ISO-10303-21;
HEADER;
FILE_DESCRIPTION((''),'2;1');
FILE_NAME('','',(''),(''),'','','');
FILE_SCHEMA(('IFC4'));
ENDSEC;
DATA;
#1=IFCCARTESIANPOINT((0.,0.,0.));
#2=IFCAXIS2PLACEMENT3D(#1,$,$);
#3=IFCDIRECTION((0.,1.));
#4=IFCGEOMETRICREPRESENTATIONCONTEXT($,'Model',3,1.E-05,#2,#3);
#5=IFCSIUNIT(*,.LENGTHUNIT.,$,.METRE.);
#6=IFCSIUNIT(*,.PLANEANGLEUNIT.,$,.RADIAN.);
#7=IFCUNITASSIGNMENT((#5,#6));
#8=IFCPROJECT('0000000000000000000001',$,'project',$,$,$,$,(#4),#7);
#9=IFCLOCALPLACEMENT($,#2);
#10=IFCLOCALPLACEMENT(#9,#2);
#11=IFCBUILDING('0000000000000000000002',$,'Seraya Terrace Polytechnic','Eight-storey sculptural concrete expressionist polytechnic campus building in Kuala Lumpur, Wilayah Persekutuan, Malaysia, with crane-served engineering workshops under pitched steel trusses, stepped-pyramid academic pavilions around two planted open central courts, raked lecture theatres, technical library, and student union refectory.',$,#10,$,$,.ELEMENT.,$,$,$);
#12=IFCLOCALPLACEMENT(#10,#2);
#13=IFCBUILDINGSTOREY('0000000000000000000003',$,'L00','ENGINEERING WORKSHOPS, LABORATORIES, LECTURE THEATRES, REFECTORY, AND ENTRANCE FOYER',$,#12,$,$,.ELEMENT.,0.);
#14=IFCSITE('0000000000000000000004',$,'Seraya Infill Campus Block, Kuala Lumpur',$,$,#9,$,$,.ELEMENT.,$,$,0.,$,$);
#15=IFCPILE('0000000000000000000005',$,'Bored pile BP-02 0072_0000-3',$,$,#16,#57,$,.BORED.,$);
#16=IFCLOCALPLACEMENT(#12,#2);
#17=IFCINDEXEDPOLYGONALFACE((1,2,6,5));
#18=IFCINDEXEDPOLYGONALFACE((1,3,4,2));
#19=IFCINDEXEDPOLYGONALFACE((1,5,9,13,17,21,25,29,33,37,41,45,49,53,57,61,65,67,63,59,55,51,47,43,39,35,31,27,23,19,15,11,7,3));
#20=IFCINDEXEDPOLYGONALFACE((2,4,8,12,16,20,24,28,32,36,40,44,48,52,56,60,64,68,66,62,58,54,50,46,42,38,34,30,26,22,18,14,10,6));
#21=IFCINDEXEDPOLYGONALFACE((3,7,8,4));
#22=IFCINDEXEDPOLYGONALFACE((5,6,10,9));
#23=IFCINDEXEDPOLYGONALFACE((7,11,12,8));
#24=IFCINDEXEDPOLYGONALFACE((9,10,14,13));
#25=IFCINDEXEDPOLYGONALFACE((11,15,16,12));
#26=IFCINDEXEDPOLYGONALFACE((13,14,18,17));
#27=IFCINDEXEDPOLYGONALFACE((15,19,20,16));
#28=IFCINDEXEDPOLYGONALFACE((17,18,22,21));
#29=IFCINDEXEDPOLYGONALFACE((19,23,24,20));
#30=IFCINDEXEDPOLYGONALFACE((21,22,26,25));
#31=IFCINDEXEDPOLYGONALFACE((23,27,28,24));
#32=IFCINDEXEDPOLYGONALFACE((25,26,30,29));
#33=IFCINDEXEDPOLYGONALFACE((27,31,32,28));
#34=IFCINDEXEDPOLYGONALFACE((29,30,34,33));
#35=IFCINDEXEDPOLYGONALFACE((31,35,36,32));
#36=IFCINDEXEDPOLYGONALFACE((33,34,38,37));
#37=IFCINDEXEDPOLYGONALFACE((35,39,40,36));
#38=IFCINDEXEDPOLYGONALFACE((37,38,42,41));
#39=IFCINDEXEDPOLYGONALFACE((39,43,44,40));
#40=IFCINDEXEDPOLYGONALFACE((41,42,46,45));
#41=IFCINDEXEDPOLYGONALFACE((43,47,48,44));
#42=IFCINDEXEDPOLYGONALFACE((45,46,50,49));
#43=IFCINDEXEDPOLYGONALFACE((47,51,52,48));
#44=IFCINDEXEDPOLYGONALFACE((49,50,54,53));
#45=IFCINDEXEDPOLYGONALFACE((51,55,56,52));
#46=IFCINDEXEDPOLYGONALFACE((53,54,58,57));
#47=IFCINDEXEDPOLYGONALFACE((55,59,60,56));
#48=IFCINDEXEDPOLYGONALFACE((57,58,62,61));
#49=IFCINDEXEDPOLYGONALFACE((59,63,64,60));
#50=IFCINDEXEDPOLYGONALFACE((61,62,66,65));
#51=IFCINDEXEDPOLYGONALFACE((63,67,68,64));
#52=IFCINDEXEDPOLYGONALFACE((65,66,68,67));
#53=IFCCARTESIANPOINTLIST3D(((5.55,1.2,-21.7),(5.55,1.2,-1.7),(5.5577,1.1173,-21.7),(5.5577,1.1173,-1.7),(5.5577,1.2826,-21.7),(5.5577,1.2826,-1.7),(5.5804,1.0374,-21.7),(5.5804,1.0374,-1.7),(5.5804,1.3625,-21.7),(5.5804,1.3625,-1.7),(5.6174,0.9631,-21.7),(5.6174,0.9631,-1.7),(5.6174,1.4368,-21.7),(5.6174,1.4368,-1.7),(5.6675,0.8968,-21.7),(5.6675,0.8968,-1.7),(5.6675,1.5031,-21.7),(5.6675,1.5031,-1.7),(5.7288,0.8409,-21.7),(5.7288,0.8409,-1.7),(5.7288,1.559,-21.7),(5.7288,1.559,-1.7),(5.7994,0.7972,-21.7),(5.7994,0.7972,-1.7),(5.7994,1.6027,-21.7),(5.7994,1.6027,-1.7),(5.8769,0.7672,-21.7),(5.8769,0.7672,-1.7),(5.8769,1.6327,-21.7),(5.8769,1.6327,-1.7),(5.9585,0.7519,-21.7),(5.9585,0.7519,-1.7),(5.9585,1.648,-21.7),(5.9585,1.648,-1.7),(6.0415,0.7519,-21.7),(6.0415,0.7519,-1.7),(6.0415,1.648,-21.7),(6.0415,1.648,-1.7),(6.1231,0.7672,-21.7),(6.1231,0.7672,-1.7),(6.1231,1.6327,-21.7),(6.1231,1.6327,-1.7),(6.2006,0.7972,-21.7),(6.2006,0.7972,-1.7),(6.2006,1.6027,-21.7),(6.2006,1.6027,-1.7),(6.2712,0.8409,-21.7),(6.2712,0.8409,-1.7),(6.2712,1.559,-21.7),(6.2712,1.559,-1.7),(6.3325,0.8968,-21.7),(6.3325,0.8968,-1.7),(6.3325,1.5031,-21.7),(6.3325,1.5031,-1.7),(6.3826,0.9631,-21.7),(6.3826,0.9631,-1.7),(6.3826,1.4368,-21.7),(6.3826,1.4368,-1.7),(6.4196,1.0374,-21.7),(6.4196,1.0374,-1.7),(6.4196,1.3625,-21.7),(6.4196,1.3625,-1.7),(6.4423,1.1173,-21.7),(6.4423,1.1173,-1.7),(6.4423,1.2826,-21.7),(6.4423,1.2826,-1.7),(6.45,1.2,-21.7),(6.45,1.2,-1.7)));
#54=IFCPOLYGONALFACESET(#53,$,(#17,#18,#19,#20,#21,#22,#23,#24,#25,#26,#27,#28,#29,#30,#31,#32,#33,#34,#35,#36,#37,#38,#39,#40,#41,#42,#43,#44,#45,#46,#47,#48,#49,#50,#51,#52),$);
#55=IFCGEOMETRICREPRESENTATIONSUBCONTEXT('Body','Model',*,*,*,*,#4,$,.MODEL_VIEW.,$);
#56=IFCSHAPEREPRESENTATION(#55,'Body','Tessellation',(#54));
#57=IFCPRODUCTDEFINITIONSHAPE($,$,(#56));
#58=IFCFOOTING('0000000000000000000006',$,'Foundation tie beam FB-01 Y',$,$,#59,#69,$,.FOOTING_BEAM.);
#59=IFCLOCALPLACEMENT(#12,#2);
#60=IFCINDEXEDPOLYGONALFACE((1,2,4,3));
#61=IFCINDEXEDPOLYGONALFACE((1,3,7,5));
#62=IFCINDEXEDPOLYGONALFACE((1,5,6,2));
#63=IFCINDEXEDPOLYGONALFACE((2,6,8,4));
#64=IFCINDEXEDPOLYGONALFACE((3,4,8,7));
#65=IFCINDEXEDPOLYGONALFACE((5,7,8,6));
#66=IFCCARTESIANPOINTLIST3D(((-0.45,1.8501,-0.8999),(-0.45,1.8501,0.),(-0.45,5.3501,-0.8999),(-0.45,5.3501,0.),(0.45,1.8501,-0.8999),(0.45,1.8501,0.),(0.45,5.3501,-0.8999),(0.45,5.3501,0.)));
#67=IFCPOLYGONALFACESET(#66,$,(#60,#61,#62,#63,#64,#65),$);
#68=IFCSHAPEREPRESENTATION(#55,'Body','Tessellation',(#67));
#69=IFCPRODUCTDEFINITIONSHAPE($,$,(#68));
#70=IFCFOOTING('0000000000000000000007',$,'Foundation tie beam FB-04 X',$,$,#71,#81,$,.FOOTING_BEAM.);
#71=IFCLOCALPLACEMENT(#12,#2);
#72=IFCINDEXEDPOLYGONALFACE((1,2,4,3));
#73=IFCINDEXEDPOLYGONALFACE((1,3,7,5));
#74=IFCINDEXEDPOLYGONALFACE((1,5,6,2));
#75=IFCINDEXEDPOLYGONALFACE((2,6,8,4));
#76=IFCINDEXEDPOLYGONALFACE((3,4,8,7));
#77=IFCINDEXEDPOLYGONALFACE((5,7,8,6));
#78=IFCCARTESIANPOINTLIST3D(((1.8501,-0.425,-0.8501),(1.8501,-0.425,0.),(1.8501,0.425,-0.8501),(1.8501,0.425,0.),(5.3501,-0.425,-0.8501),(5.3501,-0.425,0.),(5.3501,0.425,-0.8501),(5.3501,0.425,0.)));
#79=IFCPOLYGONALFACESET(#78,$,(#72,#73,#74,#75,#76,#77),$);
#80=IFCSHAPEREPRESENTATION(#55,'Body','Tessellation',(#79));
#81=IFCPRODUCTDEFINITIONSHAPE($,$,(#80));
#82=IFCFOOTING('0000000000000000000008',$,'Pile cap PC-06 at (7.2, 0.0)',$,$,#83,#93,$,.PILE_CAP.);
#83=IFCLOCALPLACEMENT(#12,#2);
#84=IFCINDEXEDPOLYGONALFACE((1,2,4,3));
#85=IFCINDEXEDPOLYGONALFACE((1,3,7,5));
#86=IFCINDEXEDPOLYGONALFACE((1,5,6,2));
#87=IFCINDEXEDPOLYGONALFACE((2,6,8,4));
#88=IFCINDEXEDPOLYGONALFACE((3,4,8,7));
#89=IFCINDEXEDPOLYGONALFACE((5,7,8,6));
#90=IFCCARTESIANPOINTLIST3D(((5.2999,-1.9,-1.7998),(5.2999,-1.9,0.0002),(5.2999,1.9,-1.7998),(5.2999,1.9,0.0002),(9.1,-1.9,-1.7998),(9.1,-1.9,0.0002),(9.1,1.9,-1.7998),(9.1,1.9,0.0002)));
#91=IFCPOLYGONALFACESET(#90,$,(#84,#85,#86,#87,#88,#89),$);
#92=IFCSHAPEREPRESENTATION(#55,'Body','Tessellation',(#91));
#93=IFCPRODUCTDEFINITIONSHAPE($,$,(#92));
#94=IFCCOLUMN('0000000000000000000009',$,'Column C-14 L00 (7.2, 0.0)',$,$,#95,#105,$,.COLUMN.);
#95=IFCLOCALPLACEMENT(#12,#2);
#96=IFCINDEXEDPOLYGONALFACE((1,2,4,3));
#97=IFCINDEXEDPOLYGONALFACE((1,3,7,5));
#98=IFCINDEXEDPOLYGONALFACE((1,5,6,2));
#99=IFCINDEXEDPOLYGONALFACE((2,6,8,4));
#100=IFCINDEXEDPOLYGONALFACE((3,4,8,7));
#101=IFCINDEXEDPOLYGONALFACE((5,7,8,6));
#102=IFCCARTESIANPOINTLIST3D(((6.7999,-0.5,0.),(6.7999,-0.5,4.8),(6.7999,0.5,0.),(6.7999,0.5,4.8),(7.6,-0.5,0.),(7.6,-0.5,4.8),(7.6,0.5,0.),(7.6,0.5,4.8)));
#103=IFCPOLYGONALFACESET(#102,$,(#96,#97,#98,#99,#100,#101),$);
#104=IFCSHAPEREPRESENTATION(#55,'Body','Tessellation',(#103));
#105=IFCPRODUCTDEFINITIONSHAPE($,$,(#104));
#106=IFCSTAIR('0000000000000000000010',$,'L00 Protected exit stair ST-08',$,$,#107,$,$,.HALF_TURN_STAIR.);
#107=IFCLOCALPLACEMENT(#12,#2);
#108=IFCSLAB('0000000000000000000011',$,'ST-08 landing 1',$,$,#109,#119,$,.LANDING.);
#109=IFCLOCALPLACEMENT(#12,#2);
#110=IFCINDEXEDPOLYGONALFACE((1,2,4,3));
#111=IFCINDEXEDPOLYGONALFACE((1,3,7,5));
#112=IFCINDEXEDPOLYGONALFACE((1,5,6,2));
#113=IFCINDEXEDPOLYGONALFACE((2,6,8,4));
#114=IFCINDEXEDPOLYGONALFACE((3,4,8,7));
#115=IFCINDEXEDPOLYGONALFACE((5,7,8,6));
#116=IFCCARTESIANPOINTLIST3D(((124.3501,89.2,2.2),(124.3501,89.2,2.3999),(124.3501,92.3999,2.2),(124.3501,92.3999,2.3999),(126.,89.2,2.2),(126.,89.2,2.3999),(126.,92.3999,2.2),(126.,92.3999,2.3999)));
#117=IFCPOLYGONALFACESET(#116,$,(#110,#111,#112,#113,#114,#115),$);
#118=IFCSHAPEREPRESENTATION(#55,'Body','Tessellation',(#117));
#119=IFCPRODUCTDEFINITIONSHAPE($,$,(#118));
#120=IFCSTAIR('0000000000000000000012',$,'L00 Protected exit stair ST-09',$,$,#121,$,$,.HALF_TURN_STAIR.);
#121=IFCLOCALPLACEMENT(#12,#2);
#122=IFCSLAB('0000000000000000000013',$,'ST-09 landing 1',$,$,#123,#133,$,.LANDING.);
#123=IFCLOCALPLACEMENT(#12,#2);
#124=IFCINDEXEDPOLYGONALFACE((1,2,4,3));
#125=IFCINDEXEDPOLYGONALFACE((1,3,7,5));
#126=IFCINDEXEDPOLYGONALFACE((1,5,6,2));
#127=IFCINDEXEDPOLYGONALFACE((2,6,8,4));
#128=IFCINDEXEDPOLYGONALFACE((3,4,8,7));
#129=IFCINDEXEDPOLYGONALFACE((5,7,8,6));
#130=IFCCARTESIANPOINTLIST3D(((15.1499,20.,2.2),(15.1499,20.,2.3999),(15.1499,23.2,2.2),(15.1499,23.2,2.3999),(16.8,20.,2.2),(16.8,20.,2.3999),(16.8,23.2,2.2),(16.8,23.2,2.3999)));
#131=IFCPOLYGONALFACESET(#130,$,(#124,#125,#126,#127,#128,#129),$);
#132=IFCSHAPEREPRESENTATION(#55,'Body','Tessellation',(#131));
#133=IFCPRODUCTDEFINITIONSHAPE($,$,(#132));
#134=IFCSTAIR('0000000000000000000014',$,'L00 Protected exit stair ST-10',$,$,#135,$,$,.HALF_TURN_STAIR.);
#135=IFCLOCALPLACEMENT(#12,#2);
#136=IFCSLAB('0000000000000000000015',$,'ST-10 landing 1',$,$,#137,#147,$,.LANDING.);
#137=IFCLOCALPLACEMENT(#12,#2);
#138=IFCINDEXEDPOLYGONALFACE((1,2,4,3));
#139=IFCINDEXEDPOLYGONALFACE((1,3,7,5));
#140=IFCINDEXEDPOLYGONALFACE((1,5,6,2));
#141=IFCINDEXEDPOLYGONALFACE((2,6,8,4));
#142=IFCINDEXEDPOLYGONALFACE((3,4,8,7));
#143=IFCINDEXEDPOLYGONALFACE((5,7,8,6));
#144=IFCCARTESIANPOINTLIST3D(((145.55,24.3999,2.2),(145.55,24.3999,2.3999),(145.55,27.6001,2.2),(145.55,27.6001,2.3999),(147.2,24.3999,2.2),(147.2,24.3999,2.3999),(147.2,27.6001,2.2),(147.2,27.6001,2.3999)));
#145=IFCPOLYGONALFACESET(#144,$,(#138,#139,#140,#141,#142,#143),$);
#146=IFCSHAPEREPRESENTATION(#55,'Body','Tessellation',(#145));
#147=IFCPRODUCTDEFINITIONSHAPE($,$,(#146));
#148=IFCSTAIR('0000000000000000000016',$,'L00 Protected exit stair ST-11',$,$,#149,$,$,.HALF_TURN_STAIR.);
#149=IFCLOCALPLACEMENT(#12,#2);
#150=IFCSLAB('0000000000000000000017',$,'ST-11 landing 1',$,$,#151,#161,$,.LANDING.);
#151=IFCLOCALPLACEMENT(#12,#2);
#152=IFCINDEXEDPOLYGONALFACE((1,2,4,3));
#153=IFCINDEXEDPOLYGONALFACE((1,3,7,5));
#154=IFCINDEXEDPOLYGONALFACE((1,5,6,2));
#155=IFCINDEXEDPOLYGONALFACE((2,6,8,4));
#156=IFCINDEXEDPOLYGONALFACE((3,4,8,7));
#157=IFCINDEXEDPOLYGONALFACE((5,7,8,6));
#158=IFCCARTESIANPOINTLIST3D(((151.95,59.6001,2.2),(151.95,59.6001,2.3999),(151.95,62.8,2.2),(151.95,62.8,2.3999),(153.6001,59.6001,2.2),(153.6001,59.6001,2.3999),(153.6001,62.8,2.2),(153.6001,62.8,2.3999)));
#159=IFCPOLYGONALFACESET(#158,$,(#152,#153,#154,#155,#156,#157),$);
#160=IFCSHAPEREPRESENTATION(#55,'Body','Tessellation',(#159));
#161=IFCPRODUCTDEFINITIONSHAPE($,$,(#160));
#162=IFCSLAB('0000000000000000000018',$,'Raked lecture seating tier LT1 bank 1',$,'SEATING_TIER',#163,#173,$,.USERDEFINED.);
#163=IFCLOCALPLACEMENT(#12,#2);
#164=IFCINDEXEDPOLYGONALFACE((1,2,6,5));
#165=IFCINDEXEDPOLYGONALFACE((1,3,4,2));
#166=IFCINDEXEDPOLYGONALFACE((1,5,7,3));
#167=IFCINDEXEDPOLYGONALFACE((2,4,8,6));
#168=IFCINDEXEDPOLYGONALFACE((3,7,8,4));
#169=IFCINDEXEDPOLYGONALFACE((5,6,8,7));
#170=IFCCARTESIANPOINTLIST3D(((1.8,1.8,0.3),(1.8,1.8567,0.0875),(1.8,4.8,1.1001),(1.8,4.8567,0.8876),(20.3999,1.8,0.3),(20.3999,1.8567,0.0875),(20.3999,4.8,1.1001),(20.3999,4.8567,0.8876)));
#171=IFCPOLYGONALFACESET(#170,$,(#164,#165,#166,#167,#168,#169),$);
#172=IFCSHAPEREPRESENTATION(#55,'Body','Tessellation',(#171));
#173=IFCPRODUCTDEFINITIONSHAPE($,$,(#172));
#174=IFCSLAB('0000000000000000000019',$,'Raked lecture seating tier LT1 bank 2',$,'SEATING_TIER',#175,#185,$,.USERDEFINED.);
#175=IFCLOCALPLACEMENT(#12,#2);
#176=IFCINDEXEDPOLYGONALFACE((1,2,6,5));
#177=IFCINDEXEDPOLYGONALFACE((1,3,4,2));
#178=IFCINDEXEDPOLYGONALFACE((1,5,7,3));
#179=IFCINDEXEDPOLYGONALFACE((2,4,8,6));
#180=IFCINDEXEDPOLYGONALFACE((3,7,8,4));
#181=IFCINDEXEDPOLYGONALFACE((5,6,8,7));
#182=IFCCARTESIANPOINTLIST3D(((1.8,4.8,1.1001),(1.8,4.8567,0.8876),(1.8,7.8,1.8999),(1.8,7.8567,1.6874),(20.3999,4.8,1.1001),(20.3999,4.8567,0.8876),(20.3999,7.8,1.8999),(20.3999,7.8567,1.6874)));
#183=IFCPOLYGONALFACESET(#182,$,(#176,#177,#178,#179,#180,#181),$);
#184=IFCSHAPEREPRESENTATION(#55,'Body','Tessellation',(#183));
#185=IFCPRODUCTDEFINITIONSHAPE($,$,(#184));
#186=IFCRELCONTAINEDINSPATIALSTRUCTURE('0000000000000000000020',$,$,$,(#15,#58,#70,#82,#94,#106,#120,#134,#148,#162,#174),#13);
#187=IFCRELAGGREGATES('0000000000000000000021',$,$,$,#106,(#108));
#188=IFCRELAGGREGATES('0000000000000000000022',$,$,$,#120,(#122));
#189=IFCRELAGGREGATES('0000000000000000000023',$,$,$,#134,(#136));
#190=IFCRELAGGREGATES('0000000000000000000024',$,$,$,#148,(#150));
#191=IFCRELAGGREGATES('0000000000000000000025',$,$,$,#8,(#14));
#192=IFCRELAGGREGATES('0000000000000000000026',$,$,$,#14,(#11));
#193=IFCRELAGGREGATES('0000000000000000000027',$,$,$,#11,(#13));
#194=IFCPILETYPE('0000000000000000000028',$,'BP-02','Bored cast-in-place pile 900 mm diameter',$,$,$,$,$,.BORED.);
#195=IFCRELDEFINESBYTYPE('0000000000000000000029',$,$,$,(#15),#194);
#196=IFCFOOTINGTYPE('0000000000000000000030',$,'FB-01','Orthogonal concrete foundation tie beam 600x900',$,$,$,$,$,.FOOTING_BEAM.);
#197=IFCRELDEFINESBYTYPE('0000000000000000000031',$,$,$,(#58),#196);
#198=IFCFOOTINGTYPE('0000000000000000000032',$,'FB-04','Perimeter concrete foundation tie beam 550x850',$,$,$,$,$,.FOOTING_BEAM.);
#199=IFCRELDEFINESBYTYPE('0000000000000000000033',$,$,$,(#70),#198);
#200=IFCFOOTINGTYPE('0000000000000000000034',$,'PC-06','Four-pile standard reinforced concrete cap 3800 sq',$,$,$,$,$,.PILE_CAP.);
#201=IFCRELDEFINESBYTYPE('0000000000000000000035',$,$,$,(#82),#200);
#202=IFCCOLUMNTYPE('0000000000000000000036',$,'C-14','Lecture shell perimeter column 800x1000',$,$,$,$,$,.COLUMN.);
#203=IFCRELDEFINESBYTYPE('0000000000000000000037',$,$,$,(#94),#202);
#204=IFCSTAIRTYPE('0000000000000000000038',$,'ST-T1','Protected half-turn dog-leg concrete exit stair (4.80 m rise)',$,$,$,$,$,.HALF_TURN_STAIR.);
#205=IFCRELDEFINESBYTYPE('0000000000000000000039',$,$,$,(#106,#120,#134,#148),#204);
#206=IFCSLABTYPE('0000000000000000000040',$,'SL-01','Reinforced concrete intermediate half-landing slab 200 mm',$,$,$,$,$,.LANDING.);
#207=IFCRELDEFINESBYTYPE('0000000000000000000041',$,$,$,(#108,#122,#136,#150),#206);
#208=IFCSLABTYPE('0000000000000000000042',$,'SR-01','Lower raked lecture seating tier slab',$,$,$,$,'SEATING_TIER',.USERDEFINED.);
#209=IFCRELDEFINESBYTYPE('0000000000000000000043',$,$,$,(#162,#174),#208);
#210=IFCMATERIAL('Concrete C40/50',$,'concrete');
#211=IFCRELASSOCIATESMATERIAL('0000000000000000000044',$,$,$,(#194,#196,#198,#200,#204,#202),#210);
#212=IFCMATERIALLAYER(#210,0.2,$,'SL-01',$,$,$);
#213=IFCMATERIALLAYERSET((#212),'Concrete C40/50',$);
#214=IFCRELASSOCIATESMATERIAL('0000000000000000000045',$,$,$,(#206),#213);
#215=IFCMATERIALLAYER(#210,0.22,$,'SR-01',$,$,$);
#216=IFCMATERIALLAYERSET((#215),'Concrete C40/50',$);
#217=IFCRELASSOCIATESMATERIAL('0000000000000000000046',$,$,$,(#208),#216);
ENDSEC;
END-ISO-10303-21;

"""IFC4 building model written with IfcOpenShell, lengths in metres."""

from ifc_helpers import new_model, si_unit, direction, frame, origin, origin_2d, place, context, subcontext, project, spatial, polyline, rectangle, circle, outline, extrude, material, layer, layer_set, material_profile, profile_set, type_object, element, aggregate, save


model = new_model("IFC4")

# Units and contexts
model_context = context("Model", 3, precision=1e-05, world=origin(), true_north=direction((0.0, 1.0)))
body_context = subcontext(model_context, "Body", "Model", "MODEL_VIEW")
ifc_project = project(units=[si_unit("LENGTHUNIT", "METRE"), si_unit("PLANEANGLEUNIT", "RADIAN")], contexts=[model_context])

# Site, building, storey
site_placement = place(None, origin())
site = spatial("IfcSite", under=ifc_project, at=site_placement, Name="Seraya Infill Campus Block, Kuala Lumpur", CompositionType="ELEMENT", RefElevation=0.0)
building_placement = place(site_placement, origin())
building = spatial("IfcBuilding", under=site, at=building_placement, Name="Seraya Terrace Polytechnic", Description="Eight-storey sculptural concrete expressionist polytechnic campus building in Kuala Lumpur, Wilayah Persekutuan, Malaysia, with crane-served engineering workshops under pitched steel trusses, stepped-pyramid academic pavilions around two planted open central courts, raked lecture theatres, technical library, and student union refectory.", CompositionType="ELEMENT")
storey_placement = place(building_placement, origin())
storey = spatial("IfcBuildingStorey", under=building, at=storey_placement, Name="L00", Description="ENGINEERING WORKSHOPS, LABORATORIES, LECTURE THEATRES, REFECTORY, AND ENTRANCE FOYER", CompositionType="ELEMENT", Elevation=0.0)

# Pile
ifc_material_1 = material(Name="Concrete C40/50", Category="concrete")
ifc_material_profile_1 = material_profile(ifc_material_1, circle(Radius=0.45, at=origin_2d()), Name="DIA 900")
ifc_profile_set_1 = profile_set([ifc_material_profile_1], Name="Concrete C40/50")
pile_type = type_object("IfcPileType", Name="BP-02", Description="Bored cast-in-place pile 900 mm diameter", PredefinedType="BORED", material=ifc_profile_set_1)
for number, where, z_axis, x_axis, name in (
    (1, (6.0, 1.2, -1.7), (0.0, 0.0, -1.0), (1.0, 0.0, 0.0), "Bored pile BP-02 0072_0000-3"),
):
    element("IfcPile", number, at=place(storey_placement, frame(where, z_axis=z_axis, x_axis=x_axis)), inside=storey, type_object=pile_type, Name=name, PredefinedType="BORED", context=body_context, shape_type="SweptSolid", body=[
        extrude(circle(Radius=0.45, at=origin_2d()), origin(), (0.0, 0.0, 1.0), 20.0),
    ])

# Footings
footing_type_1 = type_object("IfcFootingType", Name="FB-01", Description="Orthogonal concrete foundation tie beam 600x900", PredefinedType="FOOTING_BEAM", material=ifc_material_1)
footing_1_placement = place(storey_placement, frame((0.0, 3.6001, -0.8999), z_axis=(0.0, 0.0, 1.0), x_axis=(0.0, 1.0, 0.0)))
element("IfcFooting", 2, at=footing_1_placement, inside=storey, type_object=footing_type_1, Name="Foundation tie beam FB-01 Y", PredefinedType="FOOTING_BEAM", context=body_context, shape_type="SweptSolid", body=[
    extrude(rectangle(XDim=3.5, YDim=0.8999, at=origin_2d()), origin(), (0.0, 0.0, 1.0), 0.8999),
])
footing_type_2 = type_object("IfcFootingType", Name="FB-04", Description="Perimeter concrete foundation tie beam 550x850", PredefinedType="FOOTING_BEAM", material=ifc_material_1)
footing_2_placement = place(storey_placement, frame((3.6001, 0.0, -0.8501), z_axis=(0.0, 0.0, 1.0), x_axis=(1.0, 0.0, 0.0)))
element("IfcFooting", 3, at=footing_2_placement, inside=storey, type_object=footing_type_2, Name="Foundation tie beam FB-04 X", PredefinedType="FOOTING_BEAM", context=body_context, shape_type="SweptSolid", body=[
    extrude(rectangle(XDim=3.5, YDim=0.8501, at=origin_2d()), origin(), (0.0, 0.0, 1.0), 0.8501),
])
footing_type_3 = type_object("IfcFootingType", Name="PC-06", Description="Four-pile standard reinforced concrete cap 3800 sq", PredefinedType="PILE_CAP", material=ifc_material_1)
footing_3_placement = place(storey_placement, frame((7.2, 0.0, -1.7998), z_axis=(0.0, 0.0, 1.0), x_axis=(1.0, 0.0, 0.0)))
element("IfcFooting", 4, at=footing_3_placement, inside=storey, type_object=footing_type_3, Name="Pile cap PC-06 at (7.2, 0.0)", PredefinedType="PILE_CAP", context=body_context, shape_type="SweptSolid", body=[
    extrude(rectangle(XDim=3.8, YDim=3.8, at=origin_2d()), origin(), (0.0, 0.0, 1.0), 1.8),
])

# Column
ifc_material_profile_2 = material_profile(ifc_material_1, rectangle(XDim=0.8, YDim=1.0, at=origin_2d()), Name="RC 800x1000")
ifc_profile_set_2 = profile_set([ifc_material_profile_2], Name="Concrete C40/50")
column_type = type_object("IfcColumnType", Name="C-14", Description="Lecture shell perimeter column 800x1000", PredefinedType="COLUMN", material=ifc_profile_set_2)
column_placement = place(storey_placement, frame((7.2, 0.0, 0.0), z_axis=(0.0, 0.0, 1.0), x_axis=(1.0, 0.0, 0.0)))
element("IfcColumn", 5, at=column_placement, inside=storey, type_object=column_type, Name="Column C-14 L00 (7.2, 0.0)", PredefinedType="COLUMN", context=body_context, shape_type="SweptSolid", body=[
    extrude(rectangle(XDim=0.8, YDim=1.0, at=origin_2d()), origin(), (0.0, 0.0, 1.0), 4.8),
])

# Stairs, slabs
stair_type = type_object("IfcStairType", Name="ST-T1", Description="Protected half-turn dog-leg concrete exit stair (4.80 m rise)", PredefinedType="HALF_TURN_STAIR", material=ifc_material_1)
stair_1_placement = place(storey_placement, origin())
stair_1 = element("IfcStair", 6, at=stair_1_placement, inside=storey, type_object=stair_type, Name="L00 Protected exit stair ST-08", PredefinedType="HALF_TURN_STAIR")
ifc_layer_1 = layer(ifc_material_1, 0.2, Name="SL-01")
ifc_layer_set_1 = layer_set([ifc_layer_1], Name="Concrete C40/50")
slab_type_1 = type_object("IfcSlabType", Name="SL-01", Description="Reinforced concrete intermediate half-landing slab 200 mm", PredefinedType="LANDING", material=ifc_layer_set_1)
slab_1_placement = place(storey_placement, frame((0.0, 0.0, 2.2)))
slab_1 = element("IfcSlab", 7, at=slab_1_placement, type_object=slab_type_1, Name="ST-08 landing 1", PredefinedType="LANDING", context=body_context, shape_type="SweptSolid", body=[
    extrude(outline(polyline([(124.3501, 89.2), (126.0, 89.2), (126.0, 92.3999), (124.3501, 92.3999), (124.3501, 89.2)])), origin(), (0.0, 0.0, 1.0), 0.2),
])
aggregate(stair_1, [slab_1])
stair_2_placement = place(storey_placement, origin())
stair_2 = element("IfcStair", 8, at=stair_2_placement, inside=storey, type_object=stair_type, Name="L00 Protected exit stair ST-09", PredefinedType="HALF_TURN_STAIR")
slab_2_placement = place(storey_placement, frame((0.0, 0.0, 2.2)))
slab_2 = element("IfcSlab", 9, at=slab_2_placement, type_object=slab_type_1, Name="ST-09 landing 1", PredefinedType="LANDING", context=body_context, shape_type="SweptSolid", body=[
    extrude(outline(polyline([(15.1499, 20.0), (16.8, 20.0), (16.8, 23.2), (15.1499, 23.2), (15.1499, 20.0)])), origin(), (0.0, 0.0, 1.0), 0.2),
])
aggregate(stair_2, [slab_2])
stair_3_placement = place(storey_placement, origin())
stair_3 = element("IfcStair", 10, at=stair_3_placement, inside=storey, type_object=stair_type, Name="L00 Protected exit stair ST-10", PredefinedType="HALF_TURN_STAIR")
slab_3_placement = place(storey_placement, frame((0.0, 0.0, 2.2)))
slab_3 = element("IfcSlab", 11, at=slab_3_placement, type_object=slab_type_1, Name="ST-10 landing 1", PredefinedType="LANDING", context=body_context, shape_type="SweptSolid", body=[
    extrude(outline(polyline([(145.55, 24.3999), (147.2, 24.3999), (147.2, 27.6001), (145.55, 27.6001), (145.55, 24.3999)])), origin(), (0.0, 0.0, 1.0), 0.2),
])
aggregate(stair_3, [slab_3])
stair_4_placement = place(storey_placement, origin())
stair_4 = element("IfcStair", 12, at=stair_4_placement, inside=storey, type_object=stair_type, Name="L00 Protected exit stair ST-11", PredefinedType="HALF_TURN_STAIR")
slab_4_placement = place(storey_placement, frame((0.0, 0.0, 2.2)))
slab_4 = element("IfcSlab", 13, at=slab_4_placement, type_object=slab_type_1, Name="ST-11 landing 1", PredefinedType="LANDING", context=body_context, shape_type="SweptSolid", body=[
    extrude(outline(polyline([(151.95, 59.6001), (153.6001, 59.6001), (153.6001, 62.8), (151.95, 62.8), (151.95, 59.6001)])), origin(), (0.0, 0.0, 1.0), 0.2),
])
aggregate(stair_4, [slab_4])

# Slabs
ifc_layer_2 = layer(ifc_material_1, 0.22, Name="SR-01")
ifc_layer_set_2 = layer_set([ifc_layer_2], Name="Concrete C40/50")
slab_type_2 = type_object("IfcSlabType", Name="SR-01", Description="Lower raked lecture seating tier slab", ElementType="SEATING_TIER", PredefinedType="USERDEFINED", material=ifc_layer_set_2)
slab_5_placement = place(storey_placement, frame((1.8, 1.8, 0.3), z_axis=(0.0, -0.257677, 0.966231), x_axis=(1.0, 0.0, 0.0)))
element("IfcSlab", 14, at=slab_5_placement, inside=storey, type_object=slab_type_2, Name="Raked lecture seating tier LT1 bank 1", ObjectType="SEATING_TIER", PredefinedType="USERDEFINED", context=body_context, shape_type="SweptSolid", body=[
    extrude(outline(polyline([(0.0, 0.0), (18.5999, 0.0), (18.5999, 3.1048), (0.0, 3.1048), (0.0, 0.0)])), origin(), (0.0, 0.0, -1.0), 0.22),
])
slab_6_placement = place(storey_placement, frame((1.8, 4.8, 1.1001), z_axis=(0.0, -0.257604, 0.966251), x_axis=(1.0, 0.0, 0.0)))
element("IfcSlab", 15, at=slab_6_placement, inside=storey, type_object=slab_type_2, Name="Raked lecture seating tier LT1 bank 2", ObjectType="SEATING_TIER", PredefinedType="USERDEFINED", context=body_context, shape_type="SweptSolid", body=[
    extrude(outline(polyline([(0.0, 0.0), (18.5999, 0.0), (18.5999, 3.1048), (0.0, 3.1048), (0.0, 0.0)])), origin(), (0.0, 0.0, -1.0), 0.22),
])

save(model, "model.ifc")
